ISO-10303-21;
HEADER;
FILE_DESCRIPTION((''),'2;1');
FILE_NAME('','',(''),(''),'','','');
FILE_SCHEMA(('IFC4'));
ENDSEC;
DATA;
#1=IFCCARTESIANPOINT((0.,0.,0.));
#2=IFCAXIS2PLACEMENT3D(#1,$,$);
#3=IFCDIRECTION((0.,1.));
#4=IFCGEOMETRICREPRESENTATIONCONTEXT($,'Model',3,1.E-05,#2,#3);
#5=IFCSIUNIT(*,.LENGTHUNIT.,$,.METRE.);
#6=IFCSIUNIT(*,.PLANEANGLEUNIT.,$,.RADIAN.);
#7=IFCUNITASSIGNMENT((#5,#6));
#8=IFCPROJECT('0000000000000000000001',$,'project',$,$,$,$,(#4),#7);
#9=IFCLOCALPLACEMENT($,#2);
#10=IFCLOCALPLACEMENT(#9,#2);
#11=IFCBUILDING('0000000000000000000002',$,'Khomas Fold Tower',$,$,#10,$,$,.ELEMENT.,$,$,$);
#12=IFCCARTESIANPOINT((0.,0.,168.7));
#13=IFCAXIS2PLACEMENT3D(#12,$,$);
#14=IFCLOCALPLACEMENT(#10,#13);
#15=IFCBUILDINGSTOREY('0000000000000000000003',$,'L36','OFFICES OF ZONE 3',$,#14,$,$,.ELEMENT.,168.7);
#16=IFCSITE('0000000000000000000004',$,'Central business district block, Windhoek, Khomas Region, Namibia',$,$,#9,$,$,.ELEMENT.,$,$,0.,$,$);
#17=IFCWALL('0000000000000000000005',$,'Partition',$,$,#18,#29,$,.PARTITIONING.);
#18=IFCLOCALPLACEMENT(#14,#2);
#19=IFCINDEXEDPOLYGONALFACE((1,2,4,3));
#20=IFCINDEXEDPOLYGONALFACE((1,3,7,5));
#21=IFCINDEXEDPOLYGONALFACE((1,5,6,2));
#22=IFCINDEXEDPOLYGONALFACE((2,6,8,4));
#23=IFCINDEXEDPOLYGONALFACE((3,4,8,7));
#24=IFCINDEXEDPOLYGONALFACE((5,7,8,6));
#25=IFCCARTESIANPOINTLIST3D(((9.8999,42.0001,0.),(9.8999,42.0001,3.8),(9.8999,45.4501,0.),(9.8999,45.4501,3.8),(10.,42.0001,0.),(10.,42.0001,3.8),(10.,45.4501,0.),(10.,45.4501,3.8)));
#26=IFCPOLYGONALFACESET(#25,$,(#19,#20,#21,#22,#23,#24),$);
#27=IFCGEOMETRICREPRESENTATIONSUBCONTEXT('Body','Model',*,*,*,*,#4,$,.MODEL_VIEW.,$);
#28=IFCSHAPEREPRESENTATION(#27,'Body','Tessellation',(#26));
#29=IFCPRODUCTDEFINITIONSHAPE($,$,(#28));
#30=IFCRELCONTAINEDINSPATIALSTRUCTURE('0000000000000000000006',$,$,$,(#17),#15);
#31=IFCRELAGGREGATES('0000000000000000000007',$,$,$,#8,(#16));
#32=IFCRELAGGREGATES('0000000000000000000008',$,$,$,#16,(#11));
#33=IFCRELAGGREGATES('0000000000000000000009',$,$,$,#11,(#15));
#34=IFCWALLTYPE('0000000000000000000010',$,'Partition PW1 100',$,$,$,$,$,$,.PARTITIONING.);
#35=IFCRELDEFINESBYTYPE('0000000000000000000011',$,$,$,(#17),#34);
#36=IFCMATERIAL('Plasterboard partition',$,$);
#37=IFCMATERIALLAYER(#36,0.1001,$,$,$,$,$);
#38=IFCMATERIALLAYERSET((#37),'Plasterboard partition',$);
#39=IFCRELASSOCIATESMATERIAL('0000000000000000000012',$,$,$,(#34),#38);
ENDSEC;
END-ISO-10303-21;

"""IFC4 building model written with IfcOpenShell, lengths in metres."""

from ifc_helpers import new_model, si_unit, direction, frame, frame_2d, origin, place, context, subcontext, project, spatial, rectangle, extrude, source, transform, mapped, material, layer, layer_set, type_object, element, save


model = new_model("IFC4")

# Units and contexts
model_context = context("Model", 3, precision=1e-05, world=origin(), true_north=direction((0.0, 1.0)))
body_context = subcontext(model_context, "Body", "Model", "MODEL_VIEW")
ifc_project = project(units=[si_unit("LENGTHUNIT", "METRE"), si_unit("PLANEANGLEUNIT", "RADIAN")], contexts=[model_context])

# Site, building, storey
site_placement = place(None, origin())
site = spatial("IfcSite", under=ifc_project, at=site_placement, Name="Central business district block, Windhoek, Khomas Region, Namibia", CompositionType="ELEMENT", RefElevation=0.0)
building_placement = place(site_placement, origin())
building = spatial("IfcBuilding", under=site, at=building_placement, Name="Khomas Fold Tower", CompositionType="ELEMENT")
storey_placement = place(building_placement, frame((0.0, 0.0, 168.7)))
storey = spatial("IfcBuildingStorey", under=building, at=storey_placement, Name="L36", Description="OFFICES OF ZONE 3", CompositionType="ELEMENT", Elevation=168.7)

# Wall
ifc_material_1 = material(Name="Plasterboard partition")
ifc_layer_1 = layer(ifc_material_1, 0.1001)
ifc_layer_set_1 = layer_set([ifc_layer_1], Name="Plasterboard partition")
wall_type_1 = type_object("IfcWallType", Name="Partition PW1 100", PredefinedType="PARTITIONING", material=ifc_layer_set_1)
shared_shape_1 = source(origin(), body_context, "Body", "SweptSolid", [
    extrude(rectangle(XDim=3.45, YDim=0.1001, at=frame_2d((1.7251, 0.0))), origin(), (0.0, 0.0, 1.0), 3.8),
])
wall_1_placement = place(storey_placement, frame((9.95, 42.0, 0.0), z_axis=(0.0, 0.0, 1.0), x_axis=(0.0, 1.0, 0.0)))
element("IfcWall", 1, at=wall_1_placement, inside=storey, type_object=wall_type_1, Name="Partition", PredefinedType="PARTITIONING", context=body_context, shape_type="MappedRepresentation", body=[
    mapped(shared_shape_1, transform((0.0, 0.0, 0.0))),
])

save(model, "model.ifc")
